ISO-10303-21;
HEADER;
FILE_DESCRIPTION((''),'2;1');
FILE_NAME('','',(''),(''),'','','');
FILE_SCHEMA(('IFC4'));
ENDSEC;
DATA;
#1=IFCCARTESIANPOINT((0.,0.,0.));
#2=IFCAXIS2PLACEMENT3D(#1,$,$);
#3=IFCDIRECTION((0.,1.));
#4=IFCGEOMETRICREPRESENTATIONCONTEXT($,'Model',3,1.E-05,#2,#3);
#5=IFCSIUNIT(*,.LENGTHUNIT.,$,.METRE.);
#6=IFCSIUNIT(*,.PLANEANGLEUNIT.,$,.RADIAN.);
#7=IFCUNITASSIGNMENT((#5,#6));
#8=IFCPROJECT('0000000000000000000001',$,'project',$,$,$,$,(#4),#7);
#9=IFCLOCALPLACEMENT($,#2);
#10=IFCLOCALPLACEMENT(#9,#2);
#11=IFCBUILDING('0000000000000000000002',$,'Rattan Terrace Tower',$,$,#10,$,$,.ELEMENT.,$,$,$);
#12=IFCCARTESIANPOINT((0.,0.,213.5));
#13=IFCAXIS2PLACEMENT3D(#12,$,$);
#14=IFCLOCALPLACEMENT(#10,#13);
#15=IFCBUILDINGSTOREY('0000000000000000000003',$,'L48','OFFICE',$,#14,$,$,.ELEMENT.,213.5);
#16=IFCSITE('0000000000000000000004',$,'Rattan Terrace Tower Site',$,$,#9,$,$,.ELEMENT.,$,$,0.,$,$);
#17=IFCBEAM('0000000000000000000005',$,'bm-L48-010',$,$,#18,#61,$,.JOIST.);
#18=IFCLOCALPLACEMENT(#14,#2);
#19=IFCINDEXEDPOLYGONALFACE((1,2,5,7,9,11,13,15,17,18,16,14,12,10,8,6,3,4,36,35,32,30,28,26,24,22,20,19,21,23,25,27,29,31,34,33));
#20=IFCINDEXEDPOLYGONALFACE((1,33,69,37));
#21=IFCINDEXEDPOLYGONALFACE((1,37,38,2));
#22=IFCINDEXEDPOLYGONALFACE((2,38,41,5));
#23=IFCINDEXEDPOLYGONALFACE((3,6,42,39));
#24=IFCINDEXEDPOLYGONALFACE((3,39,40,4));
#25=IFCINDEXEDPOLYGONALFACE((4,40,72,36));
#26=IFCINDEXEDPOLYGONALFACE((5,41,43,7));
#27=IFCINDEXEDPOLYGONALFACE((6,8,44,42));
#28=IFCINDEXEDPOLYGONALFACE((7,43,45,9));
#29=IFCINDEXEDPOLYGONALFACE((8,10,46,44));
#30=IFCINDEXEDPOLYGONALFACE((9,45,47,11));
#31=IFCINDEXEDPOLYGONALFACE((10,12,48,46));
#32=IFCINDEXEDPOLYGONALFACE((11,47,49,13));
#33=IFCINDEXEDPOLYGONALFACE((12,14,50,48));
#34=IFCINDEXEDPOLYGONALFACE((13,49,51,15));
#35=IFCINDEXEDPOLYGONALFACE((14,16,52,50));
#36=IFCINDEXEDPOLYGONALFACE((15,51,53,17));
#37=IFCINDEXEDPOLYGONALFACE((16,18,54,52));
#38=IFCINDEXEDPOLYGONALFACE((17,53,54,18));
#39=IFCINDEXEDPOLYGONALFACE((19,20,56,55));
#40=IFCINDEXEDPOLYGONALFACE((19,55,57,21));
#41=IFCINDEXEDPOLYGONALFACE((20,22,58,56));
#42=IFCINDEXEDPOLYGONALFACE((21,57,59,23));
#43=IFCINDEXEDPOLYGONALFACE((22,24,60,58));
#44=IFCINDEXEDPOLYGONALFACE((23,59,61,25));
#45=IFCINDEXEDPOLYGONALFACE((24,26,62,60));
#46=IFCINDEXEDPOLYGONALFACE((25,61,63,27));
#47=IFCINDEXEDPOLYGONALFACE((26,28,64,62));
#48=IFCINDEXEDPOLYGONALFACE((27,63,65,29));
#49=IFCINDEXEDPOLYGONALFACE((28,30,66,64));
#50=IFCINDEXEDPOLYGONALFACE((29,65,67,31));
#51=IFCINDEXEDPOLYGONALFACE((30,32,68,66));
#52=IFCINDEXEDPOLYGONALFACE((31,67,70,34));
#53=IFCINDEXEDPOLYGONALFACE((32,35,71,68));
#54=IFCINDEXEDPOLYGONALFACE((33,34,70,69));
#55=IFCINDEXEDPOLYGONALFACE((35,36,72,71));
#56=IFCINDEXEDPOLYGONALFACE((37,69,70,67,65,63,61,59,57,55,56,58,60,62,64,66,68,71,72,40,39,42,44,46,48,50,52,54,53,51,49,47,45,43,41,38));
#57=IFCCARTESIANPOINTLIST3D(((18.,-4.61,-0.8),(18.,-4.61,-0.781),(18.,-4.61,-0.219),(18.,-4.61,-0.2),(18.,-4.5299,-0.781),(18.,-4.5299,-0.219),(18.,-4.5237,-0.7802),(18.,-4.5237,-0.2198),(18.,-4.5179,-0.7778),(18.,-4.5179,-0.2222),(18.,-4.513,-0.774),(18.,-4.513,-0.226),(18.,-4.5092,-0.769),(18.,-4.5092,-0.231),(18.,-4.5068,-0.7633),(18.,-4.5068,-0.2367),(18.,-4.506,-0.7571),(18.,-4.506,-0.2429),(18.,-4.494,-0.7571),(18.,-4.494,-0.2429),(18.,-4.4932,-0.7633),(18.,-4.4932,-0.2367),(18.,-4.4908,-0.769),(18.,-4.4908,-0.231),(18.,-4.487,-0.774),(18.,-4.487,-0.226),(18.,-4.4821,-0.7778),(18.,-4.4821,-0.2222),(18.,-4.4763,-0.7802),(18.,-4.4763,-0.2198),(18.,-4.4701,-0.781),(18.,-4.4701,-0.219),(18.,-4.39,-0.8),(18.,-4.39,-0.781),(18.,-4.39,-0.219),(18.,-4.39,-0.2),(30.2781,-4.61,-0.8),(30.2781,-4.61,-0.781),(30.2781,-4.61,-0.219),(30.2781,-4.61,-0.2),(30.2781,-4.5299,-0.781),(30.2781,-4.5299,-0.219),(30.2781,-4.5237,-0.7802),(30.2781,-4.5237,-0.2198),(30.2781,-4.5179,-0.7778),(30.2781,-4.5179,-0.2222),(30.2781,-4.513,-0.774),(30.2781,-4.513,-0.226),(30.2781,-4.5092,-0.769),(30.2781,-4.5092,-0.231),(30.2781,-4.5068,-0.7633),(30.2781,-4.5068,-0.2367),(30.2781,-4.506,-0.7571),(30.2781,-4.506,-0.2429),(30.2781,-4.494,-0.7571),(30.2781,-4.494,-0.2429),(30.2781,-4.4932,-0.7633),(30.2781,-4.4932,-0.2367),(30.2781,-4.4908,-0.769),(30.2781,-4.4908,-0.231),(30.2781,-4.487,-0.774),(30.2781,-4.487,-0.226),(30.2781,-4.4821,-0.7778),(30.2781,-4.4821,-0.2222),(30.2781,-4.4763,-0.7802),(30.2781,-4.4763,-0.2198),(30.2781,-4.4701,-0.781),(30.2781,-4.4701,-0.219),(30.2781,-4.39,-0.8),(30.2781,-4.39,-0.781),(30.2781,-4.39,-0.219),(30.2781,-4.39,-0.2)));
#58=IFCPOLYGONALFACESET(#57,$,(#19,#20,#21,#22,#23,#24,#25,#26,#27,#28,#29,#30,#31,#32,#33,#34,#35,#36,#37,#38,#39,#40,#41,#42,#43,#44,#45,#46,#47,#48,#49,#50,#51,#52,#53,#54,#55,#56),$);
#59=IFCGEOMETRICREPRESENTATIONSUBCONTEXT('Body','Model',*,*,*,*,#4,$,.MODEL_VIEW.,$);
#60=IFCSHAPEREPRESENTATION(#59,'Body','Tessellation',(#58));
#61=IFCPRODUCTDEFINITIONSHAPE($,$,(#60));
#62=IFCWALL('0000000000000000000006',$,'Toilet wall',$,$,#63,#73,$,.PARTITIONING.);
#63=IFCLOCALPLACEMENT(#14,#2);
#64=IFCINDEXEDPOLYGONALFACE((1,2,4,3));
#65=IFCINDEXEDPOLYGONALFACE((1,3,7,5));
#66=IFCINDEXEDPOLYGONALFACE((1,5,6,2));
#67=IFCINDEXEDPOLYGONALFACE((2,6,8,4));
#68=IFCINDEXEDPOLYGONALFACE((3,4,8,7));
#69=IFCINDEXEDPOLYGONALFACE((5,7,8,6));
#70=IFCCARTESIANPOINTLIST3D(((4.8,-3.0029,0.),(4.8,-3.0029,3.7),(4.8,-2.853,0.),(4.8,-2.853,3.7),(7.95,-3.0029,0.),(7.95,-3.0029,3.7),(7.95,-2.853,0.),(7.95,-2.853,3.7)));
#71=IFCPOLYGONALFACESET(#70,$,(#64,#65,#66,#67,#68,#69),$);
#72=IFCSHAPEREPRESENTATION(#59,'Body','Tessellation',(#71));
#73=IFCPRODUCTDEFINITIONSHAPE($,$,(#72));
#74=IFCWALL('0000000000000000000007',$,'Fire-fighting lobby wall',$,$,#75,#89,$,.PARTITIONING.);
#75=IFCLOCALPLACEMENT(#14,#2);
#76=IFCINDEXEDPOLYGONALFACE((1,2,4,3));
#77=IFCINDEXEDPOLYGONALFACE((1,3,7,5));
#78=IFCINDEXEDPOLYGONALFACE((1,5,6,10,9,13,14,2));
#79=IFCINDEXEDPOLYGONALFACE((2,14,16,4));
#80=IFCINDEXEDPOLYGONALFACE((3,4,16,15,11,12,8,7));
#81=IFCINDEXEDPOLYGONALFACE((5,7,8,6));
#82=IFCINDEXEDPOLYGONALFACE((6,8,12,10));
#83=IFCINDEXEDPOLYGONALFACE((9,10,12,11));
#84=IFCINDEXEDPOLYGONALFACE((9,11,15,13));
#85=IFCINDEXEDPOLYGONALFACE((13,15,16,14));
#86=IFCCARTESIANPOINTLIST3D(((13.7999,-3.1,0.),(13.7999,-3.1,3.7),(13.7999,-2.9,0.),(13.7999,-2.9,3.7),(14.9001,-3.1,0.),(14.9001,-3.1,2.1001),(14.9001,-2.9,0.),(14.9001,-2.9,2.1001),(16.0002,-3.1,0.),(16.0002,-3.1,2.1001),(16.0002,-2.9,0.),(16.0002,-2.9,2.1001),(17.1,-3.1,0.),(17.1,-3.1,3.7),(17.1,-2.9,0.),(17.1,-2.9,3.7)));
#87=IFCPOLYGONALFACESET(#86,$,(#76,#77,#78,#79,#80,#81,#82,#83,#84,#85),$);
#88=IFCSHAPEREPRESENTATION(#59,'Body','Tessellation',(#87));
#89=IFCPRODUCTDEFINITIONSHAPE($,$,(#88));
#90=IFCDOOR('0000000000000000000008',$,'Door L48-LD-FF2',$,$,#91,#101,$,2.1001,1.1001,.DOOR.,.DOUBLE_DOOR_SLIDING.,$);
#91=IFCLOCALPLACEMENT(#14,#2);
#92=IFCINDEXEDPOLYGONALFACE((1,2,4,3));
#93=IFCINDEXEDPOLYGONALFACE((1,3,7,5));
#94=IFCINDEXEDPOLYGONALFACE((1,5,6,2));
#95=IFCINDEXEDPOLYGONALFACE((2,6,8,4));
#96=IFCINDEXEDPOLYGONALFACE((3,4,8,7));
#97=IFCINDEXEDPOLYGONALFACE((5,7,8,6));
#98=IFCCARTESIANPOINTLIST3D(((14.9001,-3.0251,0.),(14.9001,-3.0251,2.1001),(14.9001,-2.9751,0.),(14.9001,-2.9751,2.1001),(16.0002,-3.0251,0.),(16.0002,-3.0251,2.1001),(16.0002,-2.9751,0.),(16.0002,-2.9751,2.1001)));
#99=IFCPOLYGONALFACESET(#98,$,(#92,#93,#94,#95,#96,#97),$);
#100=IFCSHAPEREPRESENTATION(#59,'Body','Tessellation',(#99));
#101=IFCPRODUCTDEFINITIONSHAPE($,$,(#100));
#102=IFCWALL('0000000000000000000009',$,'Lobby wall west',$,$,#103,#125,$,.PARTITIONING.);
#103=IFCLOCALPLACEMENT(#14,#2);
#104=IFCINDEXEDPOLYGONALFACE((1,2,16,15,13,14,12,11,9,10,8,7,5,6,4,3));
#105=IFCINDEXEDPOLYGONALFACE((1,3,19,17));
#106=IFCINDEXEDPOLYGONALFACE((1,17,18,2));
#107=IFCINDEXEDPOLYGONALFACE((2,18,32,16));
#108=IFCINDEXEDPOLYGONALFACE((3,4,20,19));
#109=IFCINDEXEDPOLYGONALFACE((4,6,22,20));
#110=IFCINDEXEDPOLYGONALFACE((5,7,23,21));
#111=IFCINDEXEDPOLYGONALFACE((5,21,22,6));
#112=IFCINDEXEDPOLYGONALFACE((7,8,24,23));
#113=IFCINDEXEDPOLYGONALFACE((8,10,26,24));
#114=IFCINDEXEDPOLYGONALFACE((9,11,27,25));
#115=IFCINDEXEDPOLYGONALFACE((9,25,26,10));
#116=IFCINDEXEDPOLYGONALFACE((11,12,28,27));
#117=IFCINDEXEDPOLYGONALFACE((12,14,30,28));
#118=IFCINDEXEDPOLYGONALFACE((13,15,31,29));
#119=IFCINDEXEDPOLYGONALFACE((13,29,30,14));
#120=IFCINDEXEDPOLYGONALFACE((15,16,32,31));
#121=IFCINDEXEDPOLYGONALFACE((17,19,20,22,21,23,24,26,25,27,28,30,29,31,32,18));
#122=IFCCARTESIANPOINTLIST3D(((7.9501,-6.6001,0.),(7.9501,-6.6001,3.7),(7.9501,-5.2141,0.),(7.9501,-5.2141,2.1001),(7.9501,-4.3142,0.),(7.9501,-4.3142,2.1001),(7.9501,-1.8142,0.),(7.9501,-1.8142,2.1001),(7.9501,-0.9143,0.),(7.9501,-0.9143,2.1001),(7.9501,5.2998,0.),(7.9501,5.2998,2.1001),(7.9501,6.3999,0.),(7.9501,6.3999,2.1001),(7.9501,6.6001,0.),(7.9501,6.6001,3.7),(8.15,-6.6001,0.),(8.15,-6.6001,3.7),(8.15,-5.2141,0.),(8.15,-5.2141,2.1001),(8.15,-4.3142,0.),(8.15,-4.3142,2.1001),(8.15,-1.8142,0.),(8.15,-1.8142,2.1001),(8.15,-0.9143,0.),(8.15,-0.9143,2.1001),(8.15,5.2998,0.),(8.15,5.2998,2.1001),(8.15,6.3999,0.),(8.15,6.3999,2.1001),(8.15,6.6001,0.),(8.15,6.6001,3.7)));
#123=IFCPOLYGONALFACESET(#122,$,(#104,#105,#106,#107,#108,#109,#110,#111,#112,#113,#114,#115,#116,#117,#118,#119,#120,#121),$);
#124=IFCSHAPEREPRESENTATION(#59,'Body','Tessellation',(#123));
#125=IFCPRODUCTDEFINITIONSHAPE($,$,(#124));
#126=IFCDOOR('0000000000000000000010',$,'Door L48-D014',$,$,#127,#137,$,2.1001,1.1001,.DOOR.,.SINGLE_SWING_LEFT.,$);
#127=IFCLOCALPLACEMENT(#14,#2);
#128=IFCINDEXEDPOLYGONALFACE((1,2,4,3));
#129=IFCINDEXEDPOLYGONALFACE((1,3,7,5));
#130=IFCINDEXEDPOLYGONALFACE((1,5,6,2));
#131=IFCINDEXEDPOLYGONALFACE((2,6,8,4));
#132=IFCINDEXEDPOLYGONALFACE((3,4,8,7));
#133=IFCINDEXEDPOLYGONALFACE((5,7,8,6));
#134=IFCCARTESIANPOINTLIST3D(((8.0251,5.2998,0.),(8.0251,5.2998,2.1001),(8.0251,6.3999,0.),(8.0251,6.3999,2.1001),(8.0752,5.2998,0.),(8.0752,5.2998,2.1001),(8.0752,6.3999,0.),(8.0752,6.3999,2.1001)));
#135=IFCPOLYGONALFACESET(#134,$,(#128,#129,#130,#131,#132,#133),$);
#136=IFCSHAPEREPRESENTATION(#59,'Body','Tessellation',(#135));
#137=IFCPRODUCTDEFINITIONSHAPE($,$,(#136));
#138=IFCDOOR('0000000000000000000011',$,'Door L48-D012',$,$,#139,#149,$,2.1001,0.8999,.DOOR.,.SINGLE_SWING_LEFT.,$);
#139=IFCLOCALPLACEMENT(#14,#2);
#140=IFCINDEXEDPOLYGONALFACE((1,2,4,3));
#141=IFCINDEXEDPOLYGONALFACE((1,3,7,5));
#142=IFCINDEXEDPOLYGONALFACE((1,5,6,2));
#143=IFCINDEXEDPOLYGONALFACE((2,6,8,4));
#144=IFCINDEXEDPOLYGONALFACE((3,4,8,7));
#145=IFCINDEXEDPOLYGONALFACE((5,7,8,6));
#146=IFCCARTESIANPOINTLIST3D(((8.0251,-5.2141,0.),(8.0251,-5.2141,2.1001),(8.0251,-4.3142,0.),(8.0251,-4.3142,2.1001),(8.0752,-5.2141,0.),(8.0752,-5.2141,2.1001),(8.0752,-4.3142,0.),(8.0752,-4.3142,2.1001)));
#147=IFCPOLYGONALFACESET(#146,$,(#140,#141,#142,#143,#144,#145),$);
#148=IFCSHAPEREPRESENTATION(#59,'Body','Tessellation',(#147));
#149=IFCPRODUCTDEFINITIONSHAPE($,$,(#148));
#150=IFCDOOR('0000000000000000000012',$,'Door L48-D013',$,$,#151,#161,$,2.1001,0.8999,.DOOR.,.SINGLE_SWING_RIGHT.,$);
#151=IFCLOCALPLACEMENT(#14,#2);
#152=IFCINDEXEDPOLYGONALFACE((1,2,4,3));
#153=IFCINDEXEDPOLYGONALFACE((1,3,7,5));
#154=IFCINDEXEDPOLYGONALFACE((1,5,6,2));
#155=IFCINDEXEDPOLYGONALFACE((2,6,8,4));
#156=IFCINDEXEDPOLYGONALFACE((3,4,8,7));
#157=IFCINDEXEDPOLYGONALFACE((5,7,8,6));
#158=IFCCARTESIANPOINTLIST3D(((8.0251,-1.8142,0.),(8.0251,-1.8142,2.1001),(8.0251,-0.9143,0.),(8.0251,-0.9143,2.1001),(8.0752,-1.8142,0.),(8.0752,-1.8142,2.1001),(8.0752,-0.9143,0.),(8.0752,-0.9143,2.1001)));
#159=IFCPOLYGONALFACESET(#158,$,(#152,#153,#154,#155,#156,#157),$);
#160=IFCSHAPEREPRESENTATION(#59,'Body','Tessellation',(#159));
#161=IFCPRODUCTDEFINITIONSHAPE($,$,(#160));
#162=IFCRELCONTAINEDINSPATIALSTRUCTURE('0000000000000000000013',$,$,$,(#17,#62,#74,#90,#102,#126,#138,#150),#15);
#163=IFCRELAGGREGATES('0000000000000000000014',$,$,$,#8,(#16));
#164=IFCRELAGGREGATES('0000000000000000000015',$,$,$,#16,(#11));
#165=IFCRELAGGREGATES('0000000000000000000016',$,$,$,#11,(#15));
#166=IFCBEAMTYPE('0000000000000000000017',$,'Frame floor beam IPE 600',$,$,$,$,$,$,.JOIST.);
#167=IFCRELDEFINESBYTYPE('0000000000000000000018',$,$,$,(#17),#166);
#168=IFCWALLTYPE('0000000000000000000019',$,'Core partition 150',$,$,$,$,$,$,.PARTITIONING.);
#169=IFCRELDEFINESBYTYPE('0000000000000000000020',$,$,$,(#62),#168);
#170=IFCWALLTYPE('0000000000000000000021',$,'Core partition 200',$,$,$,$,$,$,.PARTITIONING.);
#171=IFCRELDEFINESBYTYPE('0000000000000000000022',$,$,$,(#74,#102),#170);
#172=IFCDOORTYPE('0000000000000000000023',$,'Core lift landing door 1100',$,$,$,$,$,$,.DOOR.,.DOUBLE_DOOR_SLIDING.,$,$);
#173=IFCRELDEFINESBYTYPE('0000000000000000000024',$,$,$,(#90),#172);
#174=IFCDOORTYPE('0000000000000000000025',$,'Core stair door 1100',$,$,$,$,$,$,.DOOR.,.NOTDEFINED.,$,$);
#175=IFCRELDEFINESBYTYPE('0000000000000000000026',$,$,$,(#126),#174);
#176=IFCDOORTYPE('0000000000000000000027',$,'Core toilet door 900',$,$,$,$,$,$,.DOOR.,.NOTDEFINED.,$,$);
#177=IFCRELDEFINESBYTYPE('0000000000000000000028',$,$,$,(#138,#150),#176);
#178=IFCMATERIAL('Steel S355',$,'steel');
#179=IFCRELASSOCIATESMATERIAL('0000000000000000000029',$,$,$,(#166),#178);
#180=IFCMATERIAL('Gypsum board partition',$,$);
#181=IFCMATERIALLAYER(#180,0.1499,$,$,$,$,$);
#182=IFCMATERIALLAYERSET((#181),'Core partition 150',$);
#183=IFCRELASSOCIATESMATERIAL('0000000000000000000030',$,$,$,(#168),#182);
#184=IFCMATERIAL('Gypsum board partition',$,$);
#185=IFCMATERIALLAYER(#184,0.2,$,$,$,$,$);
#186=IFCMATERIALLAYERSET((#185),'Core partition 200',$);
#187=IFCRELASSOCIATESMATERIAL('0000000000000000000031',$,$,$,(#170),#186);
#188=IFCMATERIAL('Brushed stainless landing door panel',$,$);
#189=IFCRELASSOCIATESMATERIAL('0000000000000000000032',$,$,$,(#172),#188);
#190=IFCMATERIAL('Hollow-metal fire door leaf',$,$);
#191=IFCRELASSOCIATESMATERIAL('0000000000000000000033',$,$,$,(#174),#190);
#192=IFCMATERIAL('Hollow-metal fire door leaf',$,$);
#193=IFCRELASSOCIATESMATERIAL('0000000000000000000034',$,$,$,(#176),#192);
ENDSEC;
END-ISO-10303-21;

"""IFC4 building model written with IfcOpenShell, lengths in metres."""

from ifc_helpers import new_model, si_unit, direction, frame, frame_2d, origin, origin_2d, place, context, subcontext, project, spatial, rectangle, i_section, extrude, material, layer, layer_set, material_profile, profile_set, type_object, element, fill, save


model = new_model("IFC4")

# Units and contexts
model_context = context("Model", 3, precision=1e-05, world=origin(), true_north=direction((0.0, 1.0)))
body_context = subcontext(model_context, "Body", "Model", "MODEL_VIEW")
ifc_project = project(units=[si_unit("LENGTHUNIT", "METRE"), si_unit("PLANEANGLEUNIT", "RADIAN")], contexts=[model_context])

# Site, building, storey
site_placement = place(None, origin())
site = spatial("IfcSite", under=ifc_project, at=site_placement, Name="Rattan Terrace Tower Site", CompositionType="ELEMENT", RefElevation=0.0)
building_placement = place(site_placement, origin())
building = spatial("IfcBuilding", under=site, at=building_placement, Name="Rattan Terrace Tower", CompositionType="ELEMENT")
storey_placement = place(building_placement, frame((0.0, 0.0, 213.5)))
storey = spatial("IfcBuildingStorey", under=building, at=storey_placement, Name="L48", Description="OFFICE", CompositionType="ELEMENT", Elevation=213.5)

# Beam
ifc_material_1 = material(Name="Steel S355", Category="steel")
ifc_material_profile = material_profile(ifc_material_1, i_section(OverallWidth=0.22, OverallDepth=0.6001, WebThickness=0.012, FlangeThickness=0.019, FilletRadius=0.0239, at=origin_2d()), Name="IPE 600")
ifc_profile_set = profile_set([ifc_material_profile], Name="Steel S355")
beam_type = type_object("IfcBeamType", Name="Frame floor beam IPE 600", PredefinedType="JOIST", material=ifc_profile_set)
beam_placement = place(storey_placement, frame((18.0, -4.5, -0.5), z_axis=(1.0, 0.0, 0.0), x_axis=(0.0, 1.0, 0.0)))
element("IfcBeam", 1, at=beam_placement, inside=storey, type_object=beam_type, Name="bm-L48-010", PredefinedType="JOIST", context=body_context, shape_type="SweptSolid", body=[
    extrude(i_section(OverallWidth=0.22, OverallDepth=0.6001, WebThickness=0.012, FlangeThickness=0.019, FilletRadius=0.0239, at=origin_2d()), origin(), (0.0, 0.0, 1.0), 12.2781),
])

# Wall
ifc_material_2 = material(Name="Gypsum board partition")
ifc_layer_1 = layer(ifc_material_2, 0.1499)
ifc_layer_set_1 = layer_set([ifc_layer_1], Name="Core partition 150")
wall_type_1 = type_object("IfcWallType", Name="Core partition 150", PredefinedType="PARTITIONING", material=ifc_layer_set_1)
wall_1_placement = place(storey_placement, frame((4.8, -2.928, 0.0), z_axis=(0.0, 0.0, 1.0), x_axis=(1.0, 0.0, 0.0)))
element("IfcWall", 2, at=wall_1_placement, inside=storey, type_object=wall_type_1, Name="Toilet wall", PredefinedType="PARTITIONING", context=body_context, shape_type="SweptSolid", body=[
    extrude(rectangle(XDim=3.1499, YDim=0.1499, at=frame_2d((1.575, 0.0))), origin(), (0.0, 0.0, 1.0), 3.7),
])

# Wall, opening, door
ifc_material_3 = material(Name="Gypsum board partition")
ifc_layer_2 = layer(ifc_material_3, 0.2)
ifc_layer_set_2 = layer_set([ifc_layer_2], Name="Core partition 200")
wall_type_2 = type_object("IfcWallType", Name="Core partition 200", PredefinedType="PARTITIONING", material=ifc_layer_set_2)
wall_2_placement = place(storey_placement, frame((13.8, -3.0, 0.0), z_axis=(0.0, 0.0, 1.0), x_axis=(1.0, 0.0, 0.0)))
wall_2 = element("IfcWall", 3, at=wall_2_placement, inside=storey, type_object=wall_type_2, Name="Fire-fighting lobby wall", PredefinedType="PARTITIONING", context=body_context, shape_type="SweptSolid", body=[
    extrude(rectangle(XDim=3.3, YDim=0.2, at=frame_2d((1.6499, 0.0))), origin(), (0.0, 0.0, 1.0), 3.7),
])
opening_1_placement = place(wall_2_placement, frame((1.1001, 0.0, 0.0)))
opening_1 = element("IfcOpeningElement", 4, at=opening_1_placement, cuts=wall_2, PredefinedType="OPENING", context=body_context, shape_type="SweptSolid", body=[
    extrude(rectangle(XDim=1.1001, YDim=2.1001, at=frame_2d((0.55, 1.05))), frame((0.0, 0.1106, 0.0), z_axis=(0.0, -1.0, 0.0), x_axis=(1.0, 0.0, 0.0)), (0.0, 0.0, 1.0), 0.2209),
])
ifc_material_4 = material(Name="Brushed stainless landing door panel")
door_type_1 = type_object("IfcDoorType", Name="Core lift landing door 1100", OperationType="DOUBLE_DOOR_SLIDING", PredefinedType="DOOR", material=ifc_material_4)
door_1_placement = place(opening_1_placement, origin())
door_1 = element("IfcDoor", 5, at=door_1_placement, inside=storey, type_object=door_type_1, Name="Door L48-LD-FF2", OperationType="DOUBLE_DOOR_SLIDING", OverallHeight=2.1001, OverallWidth=1.1001, PredefinedType="DOOR", context=body_context, shape_type="SweptSolid", body=[
    extrude(rectangle(XDim=1.1001, YDim=2.1001, at=frame_2d((0.55, 1.05))), frame((0.0, 0.0249, 0.0), z_axis=(0.0, -1.0, 0.0), x_axis=(1.0, 0.0, 0.0)), (0.0, 0.0, 1.0), 0.05),
])
fill(opening_1, door_1)

# Wall, openings, doors
wall_3_placement = place(storey_placement, frame((8.05, -6.6001, 0.0), z_axis=(0.0, 0.0, 1.0), x_axis=(0.0, 1.0, 0.0)))
wall_3 = element("IfcWall", 6, at=wall_3_placement, inside=storey, type_object=wall_type_2, Name="Lobby wall west", PredefinedType="PARTITIONING", context=body_context, shape_type="SweptSolid", body=[
    extrude(rectangle(XDim=13.2002, YDim=0.2, at=frame_2d((6.6001, 0.0))), origin(), (0.0, 0.0, 1.0), 3.7),
])
opening_2_placement = place(wall_3_placement, frame((1.386, 0.0, 0.0)))
opening_2 = element("IfcOpeningElement", 7, at=opening_2_placement, cuts=wall_3, PredefinedType="OPENING", context=body_context, shape_type="SweptSolid", body=[
    extrude(rectangle(XDim=0.8999, YDim=2.1001, at=frame_2d((0.45, 1.05))), frame((0.0, 0.1106, 0.0), z_axis=(0.0, -1.0, 0.0), x_axis=(1.0, 0.0, 0.0)), (0.0, 0.0, 1.0), 0.2209),
])
opening_3_placement = place(wall_3_placement, frame((4.7859, 0.0, 0.0)))
opening_3 = element("IfcOpeningElement", 8, at=opening_3_placement, cuts=wall_3, PredefinedType="OPENING", context=body_context, shape_type="SweptSolid", body=[
    extrude(rectangle(XDim=0.8999, YDim=2.1001, at=frame_2d((0.45, 1.05))), frame((0.0, 0.1106, 0.0), z_axis=(0.0, -1.0, 0.0), x_axis=(1.0, 0.0, 0.0)), (0.0, 0.0, 1.0), 0.2209),
])
opening_4_placement = place(wall_3_placement, frame((11.8999, 0.0, 0.0)))
opening_4 = element("IfcOpeningElement", 9, at=opening_4_placement, cuts=wall_3, PredefinedType="OPENING", context=body_context, shape_type="SweptSolid", body=[
    extrude(rectangle(XDim=1.1001, YDim=2.1001, at=frame_2d((0.55, 1.05))), frame((0.0, 0.1106, 0.0), z_axis=(0.0, -1.0, 0.0), x_axis=(1.0, 0.0, 0.0)), (0.0, 0.0, 1.0), 0.2209),
])
ifc_material_5 = material(Name="Hollow-metal fire door leaf")
door_type_2 = type_object("IfcDoorType", Name="Core stair door 1100", OperationType="NOTDEFINED", PredefinedType="DOOR", material=ifc_material_5)
door_2_placement = place(opening_4_placement, origin())
door_2 = element("IfcDoor", 10, at=door_2_placement, inside=storey, type_object=door_type_2, Name="Door L48-D014", OperationType="SINGLE_SWING_LEFT", OverallHeight=2.1001, OverallWidth=1.1001, PredefinedType="DOOR", context=body_context, shape_type="SweptSolid", body=[
    extrude(rectangle(XDim=1.1001, YDim=2.1001, at=frame_2d((0.55, 1.05))), frame((0.0, 0.0249, 0.0), z_axis=(0.0, -1.0, 0.0), x_axis=(1.0, 0.0, 0.0)), (0.0, 0.0, 1.0), 0.05),
])
fill(opening_4, door_2)
ifc_material_6 = material(Name="Hollow-metal fire door leaf")
door_type_3 = type_object("IfcDoorType", Name="Core toilet door 900", OperationType="NOTDEFINED", PredefinedType="DOOR", material=ifc_material_6)
door_3_placement = place(opening_2_placement, origin())
door_3 = element("IfcDoor", 11, at=door_3_placement, inside=storey, type_object=door_type_3, Name="Door L48-D012", OperationType="SINGLE_SWING_LEFT", OverallHeight=2.1001, OverallWidth=0.8999, PredefinedType="DOOR", context=body_context, shape_type="SweptSolid", body=[
    extrude(rectangle(XDim=0.8999, YDim=2.1001, at=frame_2d((0.45, 1.05))), frame((0.0, 0.0249, 0.0), z_axis=(0.0, -1.0, 0.0), x_axis=(1.0, 0.0, 0.0)), (0.0, 0.0, 1.0), 0.05),
])
fill(opening_2, door_3)
door_4_placement = place(opening_3_placement, origin())
door_4 = element("IfcDoor", 12, at=door_4_placement, inside=storey, type_object=door_type_3, Name="Door L48-D013", OperationType="SINGLE_SWING_RIGHT", OverallHeight=2.1001, OverallWidth=0.8999, PredefinedType="DOOR", context=body_context, shape_type="SweptSolid", body=[
    extrude(rectangle(XDim=0.8999, YDim=2.1001, at=frame_2d((0.45, 1.05))), frame((0.0, 0.0249, 0.0), z_axis=(0.0, -1.0, 0.0), x_axis=(1.0, 0.0, 0.0)), (0.0, 0.0, 1.0), 0.05),
])
fill(opening_3, door_4)

save(model, "model.ifc")
